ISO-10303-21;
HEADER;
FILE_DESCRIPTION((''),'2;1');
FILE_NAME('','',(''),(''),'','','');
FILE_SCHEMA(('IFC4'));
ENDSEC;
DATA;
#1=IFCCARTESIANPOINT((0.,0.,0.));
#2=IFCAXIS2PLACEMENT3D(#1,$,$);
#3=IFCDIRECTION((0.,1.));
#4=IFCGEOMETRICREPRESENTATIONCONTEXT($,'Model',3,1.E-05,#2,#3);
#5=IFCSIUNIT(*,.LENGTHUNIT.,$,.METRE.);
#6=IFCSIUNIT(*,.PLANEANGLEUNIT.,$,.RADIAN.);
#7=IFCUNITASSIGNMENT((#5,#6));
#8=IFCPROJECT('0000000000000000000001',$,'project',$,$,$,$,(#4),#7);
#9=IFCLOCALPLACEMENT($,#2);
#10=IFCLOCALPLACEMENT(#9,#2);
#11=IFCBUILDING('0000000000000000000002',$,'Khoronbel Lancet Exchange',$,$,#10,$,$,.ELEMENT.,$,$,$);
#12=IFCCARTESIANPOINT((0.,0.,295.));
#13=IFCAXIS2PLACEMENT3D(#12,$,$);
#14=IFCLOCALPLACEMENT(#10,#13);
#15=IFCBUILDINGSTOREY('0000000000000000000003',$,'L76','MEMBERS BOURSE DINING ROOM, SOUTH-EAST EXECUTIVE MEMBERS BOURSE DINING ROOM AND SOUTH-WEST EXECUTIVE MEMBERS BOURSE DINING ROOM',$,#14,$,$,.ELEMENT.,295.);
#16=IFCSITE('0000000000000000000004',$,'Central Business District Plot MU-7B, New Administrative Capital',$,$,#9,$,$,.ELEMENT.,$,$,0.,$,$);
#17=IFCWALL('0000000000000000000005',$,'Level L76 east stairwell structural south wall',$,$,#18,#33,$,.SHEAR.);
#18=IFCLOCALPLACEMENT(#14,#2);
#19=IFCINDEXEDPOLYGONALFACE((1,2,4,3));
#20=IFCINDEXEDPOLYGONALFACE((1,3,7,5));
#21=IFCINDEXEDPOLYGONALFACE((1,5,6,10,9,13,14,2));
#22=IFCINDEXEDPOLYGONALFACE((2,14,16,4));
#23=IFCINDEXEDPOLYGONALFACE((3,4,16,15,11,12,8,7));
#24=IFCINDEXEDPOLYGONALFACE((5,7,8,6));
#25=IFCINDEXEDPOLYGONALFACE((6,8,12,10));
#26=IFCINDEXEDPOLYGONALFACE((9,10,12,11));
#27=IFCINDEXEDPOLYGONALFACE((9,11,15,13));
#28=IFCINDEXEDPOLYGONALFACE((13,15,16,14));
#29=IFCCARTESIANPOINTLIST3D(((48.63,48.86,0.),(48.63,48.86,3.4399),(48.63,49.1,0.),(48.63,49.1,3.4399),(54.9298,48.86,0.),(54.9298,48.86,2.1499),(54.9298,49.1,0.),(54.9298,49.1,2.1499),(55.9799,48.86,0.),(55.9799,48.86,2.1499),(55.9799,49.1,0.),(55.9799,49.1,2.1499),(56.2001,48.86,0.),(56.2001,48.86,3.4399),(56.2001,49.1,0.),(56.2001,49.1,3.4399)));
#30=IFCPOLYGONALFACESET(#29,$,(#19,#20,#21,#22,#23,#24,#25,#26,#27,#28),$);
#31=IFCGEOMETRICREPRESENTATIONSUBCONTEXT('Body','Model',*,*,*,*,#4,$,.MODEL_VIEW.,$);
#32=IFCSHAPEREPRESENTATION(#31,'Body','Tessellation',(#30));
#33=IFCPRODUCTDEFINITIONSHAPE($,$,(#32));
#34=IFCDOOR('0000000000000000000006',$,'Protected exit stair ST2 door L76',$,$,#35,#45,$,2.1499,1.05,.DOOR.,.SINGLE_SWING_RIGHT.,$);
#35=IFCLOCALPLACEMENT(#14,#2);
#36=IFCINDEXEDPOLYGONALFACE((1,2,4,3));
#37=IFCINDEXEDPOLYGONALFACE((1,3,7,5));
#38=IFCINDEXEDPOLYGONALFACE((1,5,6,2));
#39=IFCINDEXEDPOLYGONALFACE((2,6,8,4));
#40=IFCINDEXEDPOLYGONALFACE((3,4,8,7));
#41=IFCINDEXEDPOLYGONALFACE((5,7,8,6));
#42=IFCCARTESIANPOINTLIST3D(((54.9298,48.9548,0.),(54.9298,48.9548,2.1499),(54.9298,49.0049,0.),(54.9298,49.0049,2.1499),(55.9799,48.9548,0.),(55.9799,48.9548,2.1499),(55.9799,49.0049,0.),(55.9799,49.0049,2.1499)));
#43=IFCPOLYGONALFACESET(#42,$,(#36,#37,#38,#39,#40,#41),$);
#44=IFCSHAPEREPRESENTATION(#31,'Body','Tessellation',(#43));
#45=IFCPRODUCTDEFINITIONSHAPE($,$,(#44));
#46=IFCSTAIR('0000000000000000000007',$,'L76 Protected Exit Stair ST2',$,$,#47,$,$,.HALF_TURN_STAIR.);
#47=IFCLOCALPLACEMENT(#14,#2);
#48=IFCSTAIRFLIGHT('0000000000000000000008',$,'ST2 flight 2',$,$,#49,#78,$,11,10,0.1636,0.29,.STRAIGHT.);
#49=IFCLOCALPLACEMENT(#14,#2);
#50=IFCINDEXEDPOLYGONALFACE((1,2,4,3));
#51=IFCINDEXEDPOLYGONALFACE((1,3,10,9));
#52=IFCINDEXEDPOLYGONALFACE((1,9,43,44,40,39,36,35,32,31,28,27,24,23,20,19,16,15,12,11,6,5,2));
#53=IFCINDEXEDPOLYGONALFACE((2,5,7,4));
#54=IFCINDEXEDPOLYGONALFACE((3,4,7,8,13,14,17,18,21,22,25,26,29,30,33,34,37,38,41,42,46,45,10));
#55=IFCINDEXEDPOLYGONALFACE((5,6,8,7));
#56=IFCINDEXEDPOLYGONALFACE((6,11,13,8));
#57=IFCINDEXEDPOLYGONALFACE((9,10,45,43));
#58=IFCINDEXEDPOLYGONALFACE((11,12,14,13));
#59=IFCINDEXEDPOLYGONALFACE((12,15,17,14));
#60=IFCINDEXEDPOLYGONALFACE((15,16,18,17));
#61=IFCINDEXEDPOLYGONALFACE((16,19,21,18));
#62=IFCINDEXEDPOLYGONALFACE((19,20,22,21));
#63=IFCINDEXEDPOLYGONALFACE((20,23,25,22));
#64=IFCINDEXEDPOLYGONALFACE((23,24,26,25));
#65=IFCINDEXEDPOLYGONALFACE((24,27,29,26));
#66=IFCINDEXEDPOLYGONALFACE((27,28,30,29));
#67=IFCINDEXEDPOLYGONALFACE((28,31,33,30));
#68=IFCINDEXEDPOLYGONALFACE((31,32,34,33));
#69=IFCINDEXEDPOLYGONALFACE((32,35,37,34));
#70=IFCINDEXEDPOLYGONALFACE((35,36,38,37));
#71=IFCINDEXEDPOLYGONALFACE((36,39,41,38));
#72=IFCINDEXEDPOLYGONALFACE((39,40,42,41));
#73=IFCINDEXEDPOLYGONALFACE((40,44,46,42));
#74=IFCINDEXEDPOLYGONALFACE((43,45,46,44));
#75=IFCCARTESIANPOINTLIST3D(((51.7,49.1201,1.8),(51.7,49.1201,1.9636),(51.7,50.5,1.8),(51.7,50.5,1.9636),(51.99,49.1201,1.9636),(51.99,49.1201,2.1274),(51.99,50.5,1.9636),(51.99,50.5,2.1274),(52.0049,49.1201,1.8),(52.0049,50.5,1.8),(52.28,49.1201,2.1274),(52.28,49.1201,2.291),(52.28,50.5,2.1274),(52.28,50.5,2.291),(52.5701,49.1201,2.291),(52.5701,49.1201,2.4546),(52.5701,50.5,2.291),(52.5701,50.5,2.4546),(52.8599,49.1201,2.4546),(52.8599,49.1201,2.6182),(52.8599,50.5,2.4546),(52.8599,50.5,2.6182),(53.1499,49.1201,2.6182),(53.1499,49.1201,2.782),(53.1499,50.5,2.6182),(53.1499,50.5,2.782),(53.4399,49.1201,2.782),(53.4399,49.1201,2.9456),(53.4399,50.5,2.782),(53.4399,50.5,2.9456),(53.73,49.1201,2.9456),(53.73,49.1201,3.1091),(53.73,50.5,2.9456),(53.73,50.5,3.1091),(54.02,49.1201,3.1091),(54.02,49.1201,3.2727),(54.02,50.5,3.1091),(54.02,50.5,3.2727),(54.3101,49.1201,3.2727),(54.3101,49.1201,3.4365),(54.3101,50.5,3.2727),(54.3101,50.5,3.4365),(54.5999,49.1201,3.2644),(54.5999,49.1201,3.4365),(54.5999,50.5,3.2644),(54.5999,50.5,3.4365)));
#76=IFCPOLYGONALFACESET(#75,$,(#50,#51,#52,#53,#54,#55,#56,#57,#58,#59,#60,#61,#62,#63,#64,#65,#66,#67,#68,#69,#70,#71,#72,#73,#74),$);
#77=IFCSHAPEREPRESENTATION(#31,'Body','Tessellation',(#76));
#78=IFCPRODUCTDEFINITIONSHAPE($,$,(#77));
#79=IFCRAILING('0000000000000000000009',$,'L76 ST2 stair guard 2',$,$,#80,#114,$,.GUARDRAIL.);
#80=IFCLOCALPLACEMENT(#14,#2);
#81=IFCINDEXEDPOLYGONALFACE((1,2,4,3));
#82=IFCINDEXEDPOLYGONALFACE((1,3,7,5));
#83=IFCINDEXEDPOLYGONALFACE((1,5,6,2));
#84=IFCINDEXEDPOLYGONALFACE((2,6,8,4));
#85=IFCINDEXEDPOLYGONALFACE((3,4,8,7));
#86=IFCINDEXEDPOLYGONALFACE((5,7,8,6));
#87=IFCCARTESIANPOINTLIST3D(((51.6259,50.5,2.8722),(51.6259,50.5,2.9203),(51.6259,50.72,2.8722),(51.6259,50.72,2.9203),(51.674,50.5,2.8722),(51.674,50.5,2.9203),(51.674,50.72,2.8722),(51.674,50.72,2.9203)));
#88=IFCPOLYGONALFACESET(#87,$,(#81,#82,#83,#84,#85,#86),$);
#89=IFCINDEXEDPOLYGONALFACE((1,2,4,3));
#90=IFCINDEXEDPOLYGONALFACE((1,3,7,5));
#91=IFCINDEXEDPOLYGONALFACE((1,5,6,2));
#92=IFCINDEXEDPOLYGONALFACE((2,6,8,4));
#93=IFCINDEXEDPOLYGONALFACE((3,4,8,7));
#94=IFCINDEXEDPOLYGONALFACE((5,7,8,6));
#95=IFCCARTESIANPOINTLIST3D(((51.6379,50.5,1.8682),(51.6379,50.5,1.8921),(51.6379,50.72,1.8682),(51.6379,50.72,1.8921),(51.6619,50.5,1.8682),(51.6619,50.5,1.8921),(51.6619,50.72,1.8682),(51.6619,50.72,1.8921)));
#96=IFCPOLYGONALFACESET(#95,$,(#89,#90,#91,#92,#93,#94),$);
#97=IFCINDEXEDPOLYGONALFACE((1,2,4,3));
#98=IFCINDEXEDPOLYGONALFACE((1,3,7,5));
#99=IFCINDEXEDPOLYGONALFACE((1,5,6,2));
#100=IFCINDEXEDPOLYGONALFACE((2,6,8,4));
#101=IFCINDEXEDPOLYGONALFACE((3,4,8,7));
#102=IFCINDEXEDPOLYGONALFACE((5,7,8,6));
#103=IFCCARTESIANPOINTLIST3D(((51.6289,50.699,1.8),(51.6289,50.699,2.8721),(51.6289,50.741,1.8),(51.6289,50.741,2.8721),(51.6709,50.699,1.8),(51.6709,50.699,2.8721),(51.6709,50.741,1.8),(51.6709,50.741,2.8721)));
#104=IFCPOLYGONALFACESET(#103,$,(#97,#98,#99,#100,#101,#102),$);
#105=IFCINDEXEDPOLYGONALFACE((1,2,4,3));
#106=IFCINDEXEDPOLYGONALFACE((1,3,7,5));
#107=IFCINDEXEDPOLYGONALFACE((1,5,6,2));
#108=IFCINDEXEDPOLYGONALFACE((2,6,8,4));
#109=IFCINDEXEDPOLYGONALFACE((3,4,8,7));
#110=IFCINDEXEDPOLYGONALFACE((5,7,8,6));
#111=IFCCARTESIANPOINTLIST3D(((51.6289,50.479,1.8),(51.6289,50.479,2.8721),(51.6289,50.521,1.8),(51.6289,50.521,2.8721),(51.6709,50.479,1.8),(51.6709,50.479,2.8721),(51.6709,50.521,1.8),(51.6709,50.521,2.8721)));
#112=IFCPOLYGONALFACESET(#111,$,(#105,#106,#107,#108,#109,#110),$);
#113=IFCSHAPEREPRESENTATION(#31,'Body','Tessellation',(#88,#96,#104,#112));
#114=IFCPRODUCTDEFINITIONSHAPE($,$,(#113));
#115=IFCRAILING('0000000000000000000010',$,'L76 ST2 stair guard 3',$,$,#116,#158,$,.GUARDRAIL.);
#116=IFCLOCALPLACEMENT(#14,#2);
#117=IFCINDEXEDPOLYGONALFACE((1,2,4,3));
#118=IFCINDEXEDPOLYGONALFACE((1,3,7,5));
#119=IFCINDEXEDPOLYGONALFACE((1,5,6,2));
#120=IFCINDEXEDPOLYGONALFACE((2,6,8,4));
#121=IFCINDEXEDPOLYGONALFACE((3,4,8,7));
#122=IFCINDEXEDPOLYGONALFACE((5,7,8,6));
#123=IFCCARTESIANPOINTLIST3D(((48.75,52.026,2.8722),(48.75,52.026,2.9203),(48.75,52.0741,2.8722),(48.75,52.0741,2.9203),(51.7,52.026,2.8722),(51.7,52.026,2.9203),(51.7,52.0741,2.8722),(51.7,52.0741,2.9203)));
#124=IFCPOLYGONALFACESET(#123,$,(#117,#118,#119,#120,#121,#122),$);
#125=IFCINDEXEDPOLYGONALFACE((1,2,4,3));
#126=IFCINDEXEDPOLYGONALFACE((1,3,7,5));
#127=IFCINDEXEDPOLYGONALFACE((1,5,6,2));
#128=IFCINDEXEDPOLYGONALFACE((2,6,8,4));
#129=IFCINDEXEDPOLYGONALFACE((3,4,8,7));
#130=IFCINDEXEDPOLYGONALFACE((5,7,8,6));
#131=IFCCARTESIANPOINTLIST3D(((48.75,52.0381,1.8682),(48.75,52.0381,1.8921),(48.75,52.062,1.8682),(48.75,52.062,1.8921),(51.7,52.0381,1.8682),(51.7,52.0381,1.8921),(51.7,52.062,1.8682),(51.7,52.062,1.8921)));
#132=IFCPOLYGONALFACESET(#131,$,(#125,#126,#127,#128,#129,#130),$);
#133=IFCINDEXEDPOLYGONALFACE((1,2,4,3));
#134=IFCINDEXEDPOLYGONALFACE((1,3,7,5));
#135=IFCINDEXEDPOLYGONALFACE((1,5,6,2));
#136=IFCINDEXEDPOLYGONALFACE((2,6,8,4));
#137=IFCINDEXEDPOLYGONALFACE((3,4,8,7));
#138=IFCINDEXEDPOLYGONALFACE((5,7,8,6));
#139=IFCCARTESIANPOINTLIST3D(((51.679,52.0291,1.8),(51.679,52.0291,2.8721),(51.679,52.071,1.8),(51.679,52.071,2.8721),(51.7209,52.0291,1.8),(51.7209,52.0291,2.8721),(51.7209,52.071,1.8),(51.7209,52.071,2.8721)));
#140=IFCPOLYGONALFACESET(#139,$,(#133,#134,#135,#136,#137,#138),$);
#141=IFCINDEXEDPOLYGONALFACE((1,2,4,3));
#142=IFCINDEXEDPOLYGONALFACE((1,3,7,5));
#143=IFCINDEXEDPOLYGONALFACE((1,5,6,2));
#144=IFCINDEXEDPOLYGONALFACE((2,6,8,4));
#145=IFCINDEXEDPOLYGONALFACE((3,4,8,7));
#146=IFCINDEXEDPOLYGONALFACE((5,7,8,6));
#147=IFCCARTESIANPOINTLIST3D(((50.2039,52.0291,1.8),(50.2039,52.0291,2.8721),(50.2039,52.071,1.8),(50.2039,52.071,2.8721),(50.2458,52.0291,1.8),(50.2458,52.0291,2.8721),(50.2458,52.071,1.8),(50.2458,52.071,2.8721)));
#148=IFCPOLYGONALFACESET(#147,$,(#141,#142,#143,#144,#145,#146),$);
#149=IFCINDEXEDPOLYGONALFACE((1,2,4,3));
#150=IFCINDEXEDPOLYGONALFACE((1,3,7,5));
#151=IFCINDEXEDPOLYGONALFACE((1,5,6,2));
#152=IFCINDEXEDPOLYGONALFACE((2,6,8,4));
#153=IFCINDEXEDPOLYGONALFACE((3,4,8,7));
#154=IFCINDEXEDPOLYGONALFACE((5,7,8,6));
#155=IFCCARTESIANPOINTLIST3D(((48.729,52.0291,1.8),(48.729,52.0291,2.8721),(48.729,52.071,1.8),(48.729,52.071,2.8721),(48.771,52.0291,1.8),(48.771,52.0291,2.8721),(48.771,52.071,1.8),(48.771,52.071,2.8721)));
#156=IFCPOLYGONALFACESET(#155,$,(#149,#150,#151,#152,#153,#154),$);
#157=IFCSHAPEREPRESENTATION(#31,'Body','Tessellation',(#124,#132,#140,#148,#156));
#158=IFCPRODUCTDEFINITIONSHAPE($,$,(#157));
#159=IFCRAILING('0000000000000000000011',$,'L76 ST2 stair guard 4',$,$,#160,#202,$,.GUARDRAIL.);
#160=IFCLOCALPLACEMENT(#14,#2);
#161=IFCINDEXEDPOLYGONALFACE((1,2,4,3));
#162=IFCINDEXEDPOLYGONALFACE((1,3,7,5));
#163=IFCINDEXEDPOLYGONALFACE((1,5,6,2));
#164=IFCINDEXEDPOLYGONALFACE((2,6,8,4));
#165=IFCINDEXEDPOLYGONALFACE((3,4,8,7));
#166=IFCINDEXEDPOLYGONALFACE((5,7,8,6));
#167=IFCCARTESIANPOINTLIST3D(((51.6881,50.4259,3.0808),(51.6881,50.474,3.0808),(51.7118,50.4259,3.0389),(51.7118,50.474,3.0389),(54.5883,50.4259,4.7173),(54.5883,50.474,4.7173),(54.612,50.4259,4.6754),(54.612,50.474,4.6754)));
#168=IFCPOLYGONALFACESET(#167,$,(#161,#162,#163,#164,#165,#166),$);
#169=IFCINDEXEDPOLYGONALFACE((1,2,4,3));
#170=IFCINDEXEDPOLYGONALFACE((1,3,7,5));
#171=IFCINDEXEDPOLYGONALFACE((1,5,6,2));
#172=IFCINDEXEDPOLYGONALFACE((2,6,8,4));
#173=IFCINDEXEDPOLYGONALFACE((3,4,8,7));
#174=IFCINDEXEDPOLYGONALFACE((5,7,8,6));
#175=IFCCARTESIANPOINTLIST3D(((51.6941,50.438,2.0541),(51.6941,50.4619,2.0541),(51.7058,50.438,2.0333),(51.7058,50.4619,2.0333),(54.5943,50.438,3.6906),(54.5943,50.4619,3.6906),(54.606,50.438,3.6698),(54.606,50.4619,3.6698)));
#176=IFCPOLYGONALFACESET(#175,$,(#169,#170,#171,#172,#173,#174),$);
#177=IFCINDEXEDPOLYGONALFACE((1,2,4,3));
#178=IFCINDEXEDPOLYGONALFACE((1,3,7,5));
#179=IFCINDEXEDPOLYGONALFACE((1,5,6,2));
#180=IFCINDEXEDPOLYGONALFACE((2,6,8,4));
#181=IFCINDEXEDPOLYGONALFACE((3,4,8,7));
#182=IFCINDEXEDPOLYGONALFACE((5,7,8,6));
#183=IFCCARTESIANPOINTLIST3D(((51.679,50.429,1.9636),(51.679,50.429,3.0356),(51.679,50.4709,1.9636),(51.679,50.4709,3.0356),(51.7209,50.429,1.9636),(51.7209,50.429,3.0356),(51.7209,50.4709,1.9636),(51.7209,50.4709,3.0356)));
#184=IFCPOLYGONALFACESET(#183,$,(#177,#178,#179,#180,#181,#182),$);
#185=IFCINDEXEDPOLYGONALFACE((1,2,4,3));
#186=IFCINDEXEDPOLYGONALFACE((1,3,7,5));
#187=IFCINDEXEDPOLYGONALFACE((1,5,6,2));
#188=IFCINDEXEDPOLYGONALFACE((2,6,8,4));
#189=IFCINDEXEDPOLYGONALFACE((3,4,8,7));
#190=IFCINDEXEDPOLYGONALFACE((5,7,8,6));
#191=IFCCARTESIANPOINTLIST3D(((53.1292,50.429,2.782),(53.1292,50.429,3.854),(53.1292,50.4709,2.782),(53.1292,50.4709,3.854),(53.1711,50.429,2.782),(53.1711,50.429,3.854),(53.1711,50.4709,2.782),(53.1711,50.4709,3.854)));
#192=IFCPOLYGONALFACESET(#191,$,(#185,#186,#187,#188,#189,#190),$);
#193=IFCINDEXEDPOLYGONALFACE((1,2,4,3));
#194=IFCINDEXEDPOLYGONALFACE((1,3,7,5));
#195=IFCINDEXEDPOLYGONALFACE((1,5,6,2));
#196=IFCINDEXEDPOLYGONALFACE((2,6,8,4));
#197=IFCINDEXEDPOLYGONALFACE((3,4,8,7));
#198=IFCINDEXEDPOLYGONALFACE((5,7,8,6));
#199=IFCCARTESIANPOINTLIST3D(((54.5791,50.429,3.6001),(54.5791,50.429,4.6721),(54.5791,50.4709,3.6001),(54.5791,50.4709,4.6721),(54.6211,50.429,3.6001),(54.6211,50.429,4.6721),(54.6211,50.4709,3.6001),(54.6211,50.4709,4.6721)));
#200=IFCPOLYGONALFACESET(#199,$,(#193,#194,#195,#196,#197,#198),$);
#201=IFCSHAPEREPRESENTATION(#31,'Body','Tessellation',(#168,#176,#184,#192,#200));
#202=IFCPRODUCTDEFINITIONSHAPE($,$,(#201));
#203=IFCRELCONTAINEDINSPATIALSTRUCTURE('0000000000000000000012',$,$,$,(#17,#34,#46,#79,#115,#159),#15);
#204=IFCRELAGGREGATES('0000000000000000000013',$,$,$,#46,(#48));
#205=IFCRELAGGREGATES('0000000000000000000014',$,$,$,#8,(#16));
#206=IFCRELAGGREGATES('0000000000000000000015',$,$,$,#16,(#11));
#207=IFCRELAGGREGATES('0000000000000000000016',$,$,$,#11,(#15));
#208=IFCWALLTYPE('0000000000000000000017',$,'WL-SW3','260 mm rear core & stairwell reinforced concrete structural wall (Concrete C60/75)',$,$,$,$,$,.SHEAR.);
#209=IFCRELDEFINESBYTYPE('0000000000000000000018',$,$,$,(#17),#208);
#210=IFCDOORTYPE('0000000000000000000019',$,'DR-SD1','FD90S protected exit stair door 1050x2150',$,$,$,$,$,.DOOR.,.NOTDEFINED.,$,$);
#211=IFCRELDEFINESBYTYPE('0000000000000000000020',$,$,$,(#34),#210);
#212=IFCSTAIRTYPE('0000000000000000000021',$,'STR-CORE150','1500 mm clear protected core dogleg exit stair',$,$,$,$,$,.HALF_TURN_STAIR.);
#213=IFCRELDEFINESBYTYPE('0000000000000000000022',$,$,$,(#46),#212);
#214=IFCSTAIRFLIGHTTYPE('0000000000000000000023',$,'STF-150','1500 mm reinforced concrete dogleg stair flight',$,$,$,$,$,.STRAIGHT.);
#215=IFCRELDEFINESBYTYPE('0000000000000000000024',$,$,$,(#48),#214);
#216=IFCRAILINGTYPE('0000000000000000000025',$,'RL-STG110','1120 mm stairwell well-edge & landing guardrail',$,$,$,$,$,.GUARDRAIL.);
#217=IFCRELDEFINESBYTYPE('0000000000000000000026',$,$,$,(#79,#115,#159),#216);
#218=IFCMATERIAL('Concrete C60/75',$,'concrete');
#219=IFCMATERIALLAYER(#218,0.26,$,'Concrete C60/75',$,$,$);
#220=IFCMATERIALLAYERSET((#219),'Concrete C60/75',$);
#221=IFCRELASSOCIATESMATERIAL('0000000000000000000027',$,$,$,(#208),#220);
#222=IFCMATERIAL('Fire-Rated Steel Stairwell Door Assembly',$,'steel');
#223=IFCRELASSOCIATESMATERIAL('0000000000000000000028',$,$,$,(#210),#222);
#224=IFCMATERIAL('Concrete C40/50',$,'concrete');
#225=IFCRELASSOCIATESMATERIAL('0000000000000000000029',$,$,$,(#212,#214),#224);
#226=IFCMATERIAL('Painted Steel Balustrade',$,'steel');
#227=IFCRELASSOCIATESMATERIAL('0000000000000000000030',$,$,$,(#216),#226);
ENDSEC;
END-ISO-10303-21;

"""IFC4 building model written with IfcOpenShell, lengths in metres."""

from ifc_helpers import new_model, si_unit, direction, frame, frame_2d, origin, origin_2d, place, context, subcontext, project, spatial, polyline, rectangle, outline, extrude, material, layer, layer_set, type_object, element, fill, aggregate, save


model = new_model("IFC4")

# Units and contexts
model_context = context("Model", 3, precision=1e-05, world=origin(), true_north=direction((0.0, 1.0)))
body_context = subcontext(model_context, "Body", "Model", "MODEL_VIEW")
ifc_project = project(units=[si_unit("LENGTHUNIT", "METRE"), si_unit("PLANEANGLEUNIT", "RADIAN")], contexts=[model_context])

# Site, building, storey
site_placement = place(None, origin())
site = spatial("IfcSite", under=ifc_project, at=site_placement, Name="Central Business District Plot MU-7B, New Administrative Capital", CompositionType="ELEMENT", RefElevation=0.0)
building_placement = place(site_placement, origin())
building = spatial("IfcBuilding", under=site, at=building_placement, Name="Khoronbel Lancet Exchange", CompositionType="ELEMENT")
storey_placement = place(building_placement, frame((0.0, 0.0, 295.0)))
storey = spatial("IfcBuildingStorey", under=building, at=storey_placement, Name="L76", Description="MEMBERS BOURSE DINING ROOM, SOUTH-EAST EXECUTIVE MEMBERS BOURSE DINING ROOM AND SOUTH-WEST EXECUTIVE MEMBERS BOURSE DINING ROOM", CompositionType="ELEMENT", Elevation=295.0)

# Shared definitions
ifc_material_1 = material(Name="Concrete C60/75", Category="concrete")

# Wall, opening, door
ifc_layer_1 = layer(ifc_material_1, 0.26, Name="Concrete C60/75")
ifc_layer_set_1 = layer_set([ifc_layer_1], Name="Concrete C60/75")
wall_type_1 = type_object("IfcWallType", Name="WL-SW3", Description="260 mm rear core & stairwell reinforced concrete structural wall (Concrete C60/75)", PredefinedType="SHEAR", material=ifc_layer_set_1)
wall_1_placement = place(storey_placement, frame((48.6299, 48.98, 0.0), z_axis=(0.0, 0.0, 1.0), x_axis=(1.0, 0.0, 0.0)))
wall_1 = element("IfcWall", 1, at=wall_1_placement, inside=storey, type_object=wall_type_1, Name="Level L76 east stairwell structural south wall", PredefinedType="SHEAR", context=body_context, shape_type="SweptSolid", body=[
    extrude(rectangle(XDim=7.5701, YDim=0.24, at=frame_2d((3.7852, 0.0))), origin(), (0.0, 0.0, 1.0), 3.4399),
])
opening_1_placement = place(wall_1_placement, frame((6.3, 0.0, 0.0)))
opening_1 = element("IfcOpeningElement", 2, at=opening_1_placement, cuts=wall_1, PredefinedType="OPENING", context=body_context, shape_type="SweptSolid", body=[
    extrude(rectangle(XDim=1.05, YDim=2.1499, at=frame_2d((0.5249, 1.075))), frame((0.0, 0.1299, 0.0), z_axis=(0.0, -1.0, 0.0), x_axis=(1.0, 0.0, 0.0)), (0.0, 0.0, 1.0), 0.26),
])
ifc_material_2 = material(Name="Fire-Rated Steel Stairwell Door Assembly", Category="steel")
door_type_1 = type_object("IfcDoorType", Name="DR-SD1", Description="FD90S protected exit stair door 1050x2150", OperationType="NOTDEFINED", PredefinedType="DOOR", material=ifc_material_2)
door_1_placement = place(opening_1_placement, origin())
door_1 = element("IfcDoor", 3, at=door_1_placement, inside=storey, type_object=door_type_1, Name="Protected exit stair ST2 door L76", OperationType="SINGLE_SWING_RIGHT", OverallHeight=2.1499, OverallWidth=1.05, PredefinedType="DOOR", context=body_context, shape_type="SweptSolid", body=[
    extrude(rectangle(XDim=1.05, YDim=2.1499, at=frame_2d((0.5249, 1.075))), frame((0.0, 0.0249, 0.0), z_axis=(0.0, -1.0, 0.0), x_axis=(1.0, 0.0, 0.0)), (0.0, 0.0, 1.0), 0.05),
])
fill(opening_1, door_1)

# Stair, stair flight
ifc_material_3 = material(Name="Concrete C40/50", Category="concrete")
stair_type = type_object("IfcStairType", Name="STR-CORE150", Description="1500 mm clear protected core dogleg exit stair", PredefinedType="HALF_TURN_STAIR", material=ifc_material_3)
stair_placement = place(storey_placement, origin())
stair = element("IfcStair", 4, at=stair_placement, inside=storey, type_object=stair_type, Name="L76 Protected Exit Stair ST2", PredefinedType="HALF_TURN_STAIR")
stair_flight_type = type_object("IfcStairFlightType", Name="STF-150", Description="1500 mm reinforced concrete dogleg stair flight", PredefinedType="STRAIGHT", material=ifc_material_3)
stair_flight_placement = place(storey_placement, frame((51.7, 49.8101, 1.8), z_axis=(0.0, 0.0, 1.0), x_axis=(1.0, 0.0, 0.0)))
stair_flight = element("IfcStairFlight", 5, at=stair_flight_placement, type_object=stair_flight_type, Name="ST2 flight 2", NumberOfRisers=11, NumberOfTreads=10, PredefinedType="STRAIGHT", RiserHeight=0.1636, TreadLength=0.29, context=body_context, shape_type="SweptSolid", body=[
    extrude(outline(polyline([(0.0, 0.0), (0.0, 0.1636), (0.29, 0.1636), (0.29, 0.3274), (0.5801, 0.3274), (0.5801, 0.491), (0.8701, 0.491), (0.8701, 0.6545), (1.1599, 0.6545), (1.1599, 0.8181), (1.45, 0.8181), (1.45, 0.9819), (1.74, 0.9819), (1.74, 1.1455), (2.03, 1.1455), (2.03, 1.3091), (2.3201, 1.3091), (2.3201, 1.4727), (2.6101, 1.4727), (2.6101, 1.6365), (2.8999, 1.6365), (2.8999, 1.8), (2.8999, 1.4644), (0.3049, 0.0), (0.0, 0.0)])), frame((0.0, 0.6899, 0.0), z_axis=(0.0, -1.0, 0.0), x_axis=(1.0, 0.0, 0.0)), (0.0, 0.0, 1.0), 1.3799),
])
aggregate(stair, [stair_flight])

# Railings
ifc_material_4 = material(Name="Painted Steel Balustrade", Category="steel")
railing_type_1 = type_object("IfcRailingType", Name="RL-STG110", Description="1120 mm stairwell well-edge & landing guardrail", PredefinedType="GUARDRAIL", material=ifc_material_4)
railing_1_placement = place(storey_placement, frame((51.6499, 50.72, 1.8)))
element("IfcRailing", 6, at=railing_1_placement, inside=storey, type_object=railing_type_1, Name="L76 ST2 stair guard 2", PredefinedType="GUARDRAIL", context=body_context, shape_type="SweptSolid", body=[
    extrude(rectangle(XDim=0.0481, YDim=0.0481, at=origin_2d()), frame((0.0, 0.0, 1.0962), z_axis=(0.0, -1.0, 0.0), x_axis=(1.0, 0.0, 0.0)), (0.0, 0.0, 1.0), 0.22),
    extrude(rectangle(XDim=0.0239, YDim=0.0239, at=origin_2d()), frame((0.0, 0.0, 0.0801), z_axis=(0.0, -1.0, 0.0), x_axis=(1.0, 0.0, 0.0)), (0.0, 0.0, 1.0), 0.22),
    extrude(rectangle(XDim=0.042, YDim=0.042, at=origin_2d()), origin(), (0.0, 0.0, 1.0), 1.072),
    extrude(rectangle(XDim=0.042, YDim=0.042, at=origin_2d()), frame((0.0, -0.22, 0.0)), (0.0, 0.0, 1.0), 1.072),
])
railing_2_placement = place(storey_placement, frame((51.7, 52.05, 1.8)))
element("IfcRailing", 7, at=railing_2_placement, inside=storey, type_object=railing_type_1, Name="L76 ST2 stair guard 3", PredefinedType="GUARDRAIL", context=body_context, shape_type="SweptSolid", body=[
    extrude(rectangle(XDim=0.0481, YDim=0.0481, at=origin_2d()), frame((0.0, 0.0, 1.0962), z_axis=(-1.0, 0.0, 0.0), x_axis=(0.0, -1.0, 0.0)), (0.0, 0.0, 1.0), 2.95),
    extrude(rectangle(XDim=0.0239, YDim=0.0239, at=origin_2d()), frame((0.0, 0.0, 0.0801), z_axis=(-1.0, 0.0, 0.0), x_axis=(0.0, -1.0, 0.0)), (0.0, 0.0, 1.0), 2.95),
    extrude(rectangle(XDim=0.042, YDim=0.042, at=origin_2d()), origin(), (0.0, 0.0, 1.0), 1.072),
    extrude(rectangle(XDim=0.042, YDim=0.042, at=origin_2d()), frame((-1.4751, 0.0, 0.0)), (0.0, 0.0, 1.0), 1.072),
    extrude(rectangle(XDim=0.042, YDim=0.042, at=origin_2d()), frame((-2.95, 0.0, 0.0)), (0.0, 0.0, 1.0), 1.072),
])
railing_3_placement = place(storey_placement, frame((51.7, 50.45, 1.9636)))
element("IfcRailing", 8, at=railing_3_placement, inside=storey, type_object=railing_type_1, Name="L76 ST2 stair guard 4", PredefinedType="GUARDRAIL", context=body_context, shape_type="SweptSolid", body=[
    extrude(rectangle(XDim=0.0481, YDim=0.0481, at=origin_2d()), frame((0.0, 0.0, 1.0962), z_axis=(0.870915, 0.0, 0.491434), x_axis=(0.0, 1.0, 0.0)), (0.0, 0.0, 1.0), 3.3301),
    extrude(rectangle(XDim=0.0239, YDim=0.0239, at=origin_2d()), frame((0.0, 0.0, 0.0801), z_axis=(0.870915, 0.0, 0.491434), x_axis=(0.0, 1.0, 0.0)), (0.0, 0.0, 1.0), 3.3301),
    extrude(rectangle(XDim=0.042, YDim=0.042, at=origin_2d()), origin(), (0.0, 0.0, 1.0), 1.072),
    extrude(rectangle(XDim=0.042, YDim=0.042, at=origin_2d()), frame((1.4502, 0.0, 0.8184)), (0.0, 0.0, 1.0), 1.072),
    extrude(rectangle(XDim=0.042, YDim=0.042, at=origin_2d()), frame((2.9001, 0.0, 1.6365)), (0.0, 0.0, 1.0), 1.072),
])

save(model, "model.ifc")
